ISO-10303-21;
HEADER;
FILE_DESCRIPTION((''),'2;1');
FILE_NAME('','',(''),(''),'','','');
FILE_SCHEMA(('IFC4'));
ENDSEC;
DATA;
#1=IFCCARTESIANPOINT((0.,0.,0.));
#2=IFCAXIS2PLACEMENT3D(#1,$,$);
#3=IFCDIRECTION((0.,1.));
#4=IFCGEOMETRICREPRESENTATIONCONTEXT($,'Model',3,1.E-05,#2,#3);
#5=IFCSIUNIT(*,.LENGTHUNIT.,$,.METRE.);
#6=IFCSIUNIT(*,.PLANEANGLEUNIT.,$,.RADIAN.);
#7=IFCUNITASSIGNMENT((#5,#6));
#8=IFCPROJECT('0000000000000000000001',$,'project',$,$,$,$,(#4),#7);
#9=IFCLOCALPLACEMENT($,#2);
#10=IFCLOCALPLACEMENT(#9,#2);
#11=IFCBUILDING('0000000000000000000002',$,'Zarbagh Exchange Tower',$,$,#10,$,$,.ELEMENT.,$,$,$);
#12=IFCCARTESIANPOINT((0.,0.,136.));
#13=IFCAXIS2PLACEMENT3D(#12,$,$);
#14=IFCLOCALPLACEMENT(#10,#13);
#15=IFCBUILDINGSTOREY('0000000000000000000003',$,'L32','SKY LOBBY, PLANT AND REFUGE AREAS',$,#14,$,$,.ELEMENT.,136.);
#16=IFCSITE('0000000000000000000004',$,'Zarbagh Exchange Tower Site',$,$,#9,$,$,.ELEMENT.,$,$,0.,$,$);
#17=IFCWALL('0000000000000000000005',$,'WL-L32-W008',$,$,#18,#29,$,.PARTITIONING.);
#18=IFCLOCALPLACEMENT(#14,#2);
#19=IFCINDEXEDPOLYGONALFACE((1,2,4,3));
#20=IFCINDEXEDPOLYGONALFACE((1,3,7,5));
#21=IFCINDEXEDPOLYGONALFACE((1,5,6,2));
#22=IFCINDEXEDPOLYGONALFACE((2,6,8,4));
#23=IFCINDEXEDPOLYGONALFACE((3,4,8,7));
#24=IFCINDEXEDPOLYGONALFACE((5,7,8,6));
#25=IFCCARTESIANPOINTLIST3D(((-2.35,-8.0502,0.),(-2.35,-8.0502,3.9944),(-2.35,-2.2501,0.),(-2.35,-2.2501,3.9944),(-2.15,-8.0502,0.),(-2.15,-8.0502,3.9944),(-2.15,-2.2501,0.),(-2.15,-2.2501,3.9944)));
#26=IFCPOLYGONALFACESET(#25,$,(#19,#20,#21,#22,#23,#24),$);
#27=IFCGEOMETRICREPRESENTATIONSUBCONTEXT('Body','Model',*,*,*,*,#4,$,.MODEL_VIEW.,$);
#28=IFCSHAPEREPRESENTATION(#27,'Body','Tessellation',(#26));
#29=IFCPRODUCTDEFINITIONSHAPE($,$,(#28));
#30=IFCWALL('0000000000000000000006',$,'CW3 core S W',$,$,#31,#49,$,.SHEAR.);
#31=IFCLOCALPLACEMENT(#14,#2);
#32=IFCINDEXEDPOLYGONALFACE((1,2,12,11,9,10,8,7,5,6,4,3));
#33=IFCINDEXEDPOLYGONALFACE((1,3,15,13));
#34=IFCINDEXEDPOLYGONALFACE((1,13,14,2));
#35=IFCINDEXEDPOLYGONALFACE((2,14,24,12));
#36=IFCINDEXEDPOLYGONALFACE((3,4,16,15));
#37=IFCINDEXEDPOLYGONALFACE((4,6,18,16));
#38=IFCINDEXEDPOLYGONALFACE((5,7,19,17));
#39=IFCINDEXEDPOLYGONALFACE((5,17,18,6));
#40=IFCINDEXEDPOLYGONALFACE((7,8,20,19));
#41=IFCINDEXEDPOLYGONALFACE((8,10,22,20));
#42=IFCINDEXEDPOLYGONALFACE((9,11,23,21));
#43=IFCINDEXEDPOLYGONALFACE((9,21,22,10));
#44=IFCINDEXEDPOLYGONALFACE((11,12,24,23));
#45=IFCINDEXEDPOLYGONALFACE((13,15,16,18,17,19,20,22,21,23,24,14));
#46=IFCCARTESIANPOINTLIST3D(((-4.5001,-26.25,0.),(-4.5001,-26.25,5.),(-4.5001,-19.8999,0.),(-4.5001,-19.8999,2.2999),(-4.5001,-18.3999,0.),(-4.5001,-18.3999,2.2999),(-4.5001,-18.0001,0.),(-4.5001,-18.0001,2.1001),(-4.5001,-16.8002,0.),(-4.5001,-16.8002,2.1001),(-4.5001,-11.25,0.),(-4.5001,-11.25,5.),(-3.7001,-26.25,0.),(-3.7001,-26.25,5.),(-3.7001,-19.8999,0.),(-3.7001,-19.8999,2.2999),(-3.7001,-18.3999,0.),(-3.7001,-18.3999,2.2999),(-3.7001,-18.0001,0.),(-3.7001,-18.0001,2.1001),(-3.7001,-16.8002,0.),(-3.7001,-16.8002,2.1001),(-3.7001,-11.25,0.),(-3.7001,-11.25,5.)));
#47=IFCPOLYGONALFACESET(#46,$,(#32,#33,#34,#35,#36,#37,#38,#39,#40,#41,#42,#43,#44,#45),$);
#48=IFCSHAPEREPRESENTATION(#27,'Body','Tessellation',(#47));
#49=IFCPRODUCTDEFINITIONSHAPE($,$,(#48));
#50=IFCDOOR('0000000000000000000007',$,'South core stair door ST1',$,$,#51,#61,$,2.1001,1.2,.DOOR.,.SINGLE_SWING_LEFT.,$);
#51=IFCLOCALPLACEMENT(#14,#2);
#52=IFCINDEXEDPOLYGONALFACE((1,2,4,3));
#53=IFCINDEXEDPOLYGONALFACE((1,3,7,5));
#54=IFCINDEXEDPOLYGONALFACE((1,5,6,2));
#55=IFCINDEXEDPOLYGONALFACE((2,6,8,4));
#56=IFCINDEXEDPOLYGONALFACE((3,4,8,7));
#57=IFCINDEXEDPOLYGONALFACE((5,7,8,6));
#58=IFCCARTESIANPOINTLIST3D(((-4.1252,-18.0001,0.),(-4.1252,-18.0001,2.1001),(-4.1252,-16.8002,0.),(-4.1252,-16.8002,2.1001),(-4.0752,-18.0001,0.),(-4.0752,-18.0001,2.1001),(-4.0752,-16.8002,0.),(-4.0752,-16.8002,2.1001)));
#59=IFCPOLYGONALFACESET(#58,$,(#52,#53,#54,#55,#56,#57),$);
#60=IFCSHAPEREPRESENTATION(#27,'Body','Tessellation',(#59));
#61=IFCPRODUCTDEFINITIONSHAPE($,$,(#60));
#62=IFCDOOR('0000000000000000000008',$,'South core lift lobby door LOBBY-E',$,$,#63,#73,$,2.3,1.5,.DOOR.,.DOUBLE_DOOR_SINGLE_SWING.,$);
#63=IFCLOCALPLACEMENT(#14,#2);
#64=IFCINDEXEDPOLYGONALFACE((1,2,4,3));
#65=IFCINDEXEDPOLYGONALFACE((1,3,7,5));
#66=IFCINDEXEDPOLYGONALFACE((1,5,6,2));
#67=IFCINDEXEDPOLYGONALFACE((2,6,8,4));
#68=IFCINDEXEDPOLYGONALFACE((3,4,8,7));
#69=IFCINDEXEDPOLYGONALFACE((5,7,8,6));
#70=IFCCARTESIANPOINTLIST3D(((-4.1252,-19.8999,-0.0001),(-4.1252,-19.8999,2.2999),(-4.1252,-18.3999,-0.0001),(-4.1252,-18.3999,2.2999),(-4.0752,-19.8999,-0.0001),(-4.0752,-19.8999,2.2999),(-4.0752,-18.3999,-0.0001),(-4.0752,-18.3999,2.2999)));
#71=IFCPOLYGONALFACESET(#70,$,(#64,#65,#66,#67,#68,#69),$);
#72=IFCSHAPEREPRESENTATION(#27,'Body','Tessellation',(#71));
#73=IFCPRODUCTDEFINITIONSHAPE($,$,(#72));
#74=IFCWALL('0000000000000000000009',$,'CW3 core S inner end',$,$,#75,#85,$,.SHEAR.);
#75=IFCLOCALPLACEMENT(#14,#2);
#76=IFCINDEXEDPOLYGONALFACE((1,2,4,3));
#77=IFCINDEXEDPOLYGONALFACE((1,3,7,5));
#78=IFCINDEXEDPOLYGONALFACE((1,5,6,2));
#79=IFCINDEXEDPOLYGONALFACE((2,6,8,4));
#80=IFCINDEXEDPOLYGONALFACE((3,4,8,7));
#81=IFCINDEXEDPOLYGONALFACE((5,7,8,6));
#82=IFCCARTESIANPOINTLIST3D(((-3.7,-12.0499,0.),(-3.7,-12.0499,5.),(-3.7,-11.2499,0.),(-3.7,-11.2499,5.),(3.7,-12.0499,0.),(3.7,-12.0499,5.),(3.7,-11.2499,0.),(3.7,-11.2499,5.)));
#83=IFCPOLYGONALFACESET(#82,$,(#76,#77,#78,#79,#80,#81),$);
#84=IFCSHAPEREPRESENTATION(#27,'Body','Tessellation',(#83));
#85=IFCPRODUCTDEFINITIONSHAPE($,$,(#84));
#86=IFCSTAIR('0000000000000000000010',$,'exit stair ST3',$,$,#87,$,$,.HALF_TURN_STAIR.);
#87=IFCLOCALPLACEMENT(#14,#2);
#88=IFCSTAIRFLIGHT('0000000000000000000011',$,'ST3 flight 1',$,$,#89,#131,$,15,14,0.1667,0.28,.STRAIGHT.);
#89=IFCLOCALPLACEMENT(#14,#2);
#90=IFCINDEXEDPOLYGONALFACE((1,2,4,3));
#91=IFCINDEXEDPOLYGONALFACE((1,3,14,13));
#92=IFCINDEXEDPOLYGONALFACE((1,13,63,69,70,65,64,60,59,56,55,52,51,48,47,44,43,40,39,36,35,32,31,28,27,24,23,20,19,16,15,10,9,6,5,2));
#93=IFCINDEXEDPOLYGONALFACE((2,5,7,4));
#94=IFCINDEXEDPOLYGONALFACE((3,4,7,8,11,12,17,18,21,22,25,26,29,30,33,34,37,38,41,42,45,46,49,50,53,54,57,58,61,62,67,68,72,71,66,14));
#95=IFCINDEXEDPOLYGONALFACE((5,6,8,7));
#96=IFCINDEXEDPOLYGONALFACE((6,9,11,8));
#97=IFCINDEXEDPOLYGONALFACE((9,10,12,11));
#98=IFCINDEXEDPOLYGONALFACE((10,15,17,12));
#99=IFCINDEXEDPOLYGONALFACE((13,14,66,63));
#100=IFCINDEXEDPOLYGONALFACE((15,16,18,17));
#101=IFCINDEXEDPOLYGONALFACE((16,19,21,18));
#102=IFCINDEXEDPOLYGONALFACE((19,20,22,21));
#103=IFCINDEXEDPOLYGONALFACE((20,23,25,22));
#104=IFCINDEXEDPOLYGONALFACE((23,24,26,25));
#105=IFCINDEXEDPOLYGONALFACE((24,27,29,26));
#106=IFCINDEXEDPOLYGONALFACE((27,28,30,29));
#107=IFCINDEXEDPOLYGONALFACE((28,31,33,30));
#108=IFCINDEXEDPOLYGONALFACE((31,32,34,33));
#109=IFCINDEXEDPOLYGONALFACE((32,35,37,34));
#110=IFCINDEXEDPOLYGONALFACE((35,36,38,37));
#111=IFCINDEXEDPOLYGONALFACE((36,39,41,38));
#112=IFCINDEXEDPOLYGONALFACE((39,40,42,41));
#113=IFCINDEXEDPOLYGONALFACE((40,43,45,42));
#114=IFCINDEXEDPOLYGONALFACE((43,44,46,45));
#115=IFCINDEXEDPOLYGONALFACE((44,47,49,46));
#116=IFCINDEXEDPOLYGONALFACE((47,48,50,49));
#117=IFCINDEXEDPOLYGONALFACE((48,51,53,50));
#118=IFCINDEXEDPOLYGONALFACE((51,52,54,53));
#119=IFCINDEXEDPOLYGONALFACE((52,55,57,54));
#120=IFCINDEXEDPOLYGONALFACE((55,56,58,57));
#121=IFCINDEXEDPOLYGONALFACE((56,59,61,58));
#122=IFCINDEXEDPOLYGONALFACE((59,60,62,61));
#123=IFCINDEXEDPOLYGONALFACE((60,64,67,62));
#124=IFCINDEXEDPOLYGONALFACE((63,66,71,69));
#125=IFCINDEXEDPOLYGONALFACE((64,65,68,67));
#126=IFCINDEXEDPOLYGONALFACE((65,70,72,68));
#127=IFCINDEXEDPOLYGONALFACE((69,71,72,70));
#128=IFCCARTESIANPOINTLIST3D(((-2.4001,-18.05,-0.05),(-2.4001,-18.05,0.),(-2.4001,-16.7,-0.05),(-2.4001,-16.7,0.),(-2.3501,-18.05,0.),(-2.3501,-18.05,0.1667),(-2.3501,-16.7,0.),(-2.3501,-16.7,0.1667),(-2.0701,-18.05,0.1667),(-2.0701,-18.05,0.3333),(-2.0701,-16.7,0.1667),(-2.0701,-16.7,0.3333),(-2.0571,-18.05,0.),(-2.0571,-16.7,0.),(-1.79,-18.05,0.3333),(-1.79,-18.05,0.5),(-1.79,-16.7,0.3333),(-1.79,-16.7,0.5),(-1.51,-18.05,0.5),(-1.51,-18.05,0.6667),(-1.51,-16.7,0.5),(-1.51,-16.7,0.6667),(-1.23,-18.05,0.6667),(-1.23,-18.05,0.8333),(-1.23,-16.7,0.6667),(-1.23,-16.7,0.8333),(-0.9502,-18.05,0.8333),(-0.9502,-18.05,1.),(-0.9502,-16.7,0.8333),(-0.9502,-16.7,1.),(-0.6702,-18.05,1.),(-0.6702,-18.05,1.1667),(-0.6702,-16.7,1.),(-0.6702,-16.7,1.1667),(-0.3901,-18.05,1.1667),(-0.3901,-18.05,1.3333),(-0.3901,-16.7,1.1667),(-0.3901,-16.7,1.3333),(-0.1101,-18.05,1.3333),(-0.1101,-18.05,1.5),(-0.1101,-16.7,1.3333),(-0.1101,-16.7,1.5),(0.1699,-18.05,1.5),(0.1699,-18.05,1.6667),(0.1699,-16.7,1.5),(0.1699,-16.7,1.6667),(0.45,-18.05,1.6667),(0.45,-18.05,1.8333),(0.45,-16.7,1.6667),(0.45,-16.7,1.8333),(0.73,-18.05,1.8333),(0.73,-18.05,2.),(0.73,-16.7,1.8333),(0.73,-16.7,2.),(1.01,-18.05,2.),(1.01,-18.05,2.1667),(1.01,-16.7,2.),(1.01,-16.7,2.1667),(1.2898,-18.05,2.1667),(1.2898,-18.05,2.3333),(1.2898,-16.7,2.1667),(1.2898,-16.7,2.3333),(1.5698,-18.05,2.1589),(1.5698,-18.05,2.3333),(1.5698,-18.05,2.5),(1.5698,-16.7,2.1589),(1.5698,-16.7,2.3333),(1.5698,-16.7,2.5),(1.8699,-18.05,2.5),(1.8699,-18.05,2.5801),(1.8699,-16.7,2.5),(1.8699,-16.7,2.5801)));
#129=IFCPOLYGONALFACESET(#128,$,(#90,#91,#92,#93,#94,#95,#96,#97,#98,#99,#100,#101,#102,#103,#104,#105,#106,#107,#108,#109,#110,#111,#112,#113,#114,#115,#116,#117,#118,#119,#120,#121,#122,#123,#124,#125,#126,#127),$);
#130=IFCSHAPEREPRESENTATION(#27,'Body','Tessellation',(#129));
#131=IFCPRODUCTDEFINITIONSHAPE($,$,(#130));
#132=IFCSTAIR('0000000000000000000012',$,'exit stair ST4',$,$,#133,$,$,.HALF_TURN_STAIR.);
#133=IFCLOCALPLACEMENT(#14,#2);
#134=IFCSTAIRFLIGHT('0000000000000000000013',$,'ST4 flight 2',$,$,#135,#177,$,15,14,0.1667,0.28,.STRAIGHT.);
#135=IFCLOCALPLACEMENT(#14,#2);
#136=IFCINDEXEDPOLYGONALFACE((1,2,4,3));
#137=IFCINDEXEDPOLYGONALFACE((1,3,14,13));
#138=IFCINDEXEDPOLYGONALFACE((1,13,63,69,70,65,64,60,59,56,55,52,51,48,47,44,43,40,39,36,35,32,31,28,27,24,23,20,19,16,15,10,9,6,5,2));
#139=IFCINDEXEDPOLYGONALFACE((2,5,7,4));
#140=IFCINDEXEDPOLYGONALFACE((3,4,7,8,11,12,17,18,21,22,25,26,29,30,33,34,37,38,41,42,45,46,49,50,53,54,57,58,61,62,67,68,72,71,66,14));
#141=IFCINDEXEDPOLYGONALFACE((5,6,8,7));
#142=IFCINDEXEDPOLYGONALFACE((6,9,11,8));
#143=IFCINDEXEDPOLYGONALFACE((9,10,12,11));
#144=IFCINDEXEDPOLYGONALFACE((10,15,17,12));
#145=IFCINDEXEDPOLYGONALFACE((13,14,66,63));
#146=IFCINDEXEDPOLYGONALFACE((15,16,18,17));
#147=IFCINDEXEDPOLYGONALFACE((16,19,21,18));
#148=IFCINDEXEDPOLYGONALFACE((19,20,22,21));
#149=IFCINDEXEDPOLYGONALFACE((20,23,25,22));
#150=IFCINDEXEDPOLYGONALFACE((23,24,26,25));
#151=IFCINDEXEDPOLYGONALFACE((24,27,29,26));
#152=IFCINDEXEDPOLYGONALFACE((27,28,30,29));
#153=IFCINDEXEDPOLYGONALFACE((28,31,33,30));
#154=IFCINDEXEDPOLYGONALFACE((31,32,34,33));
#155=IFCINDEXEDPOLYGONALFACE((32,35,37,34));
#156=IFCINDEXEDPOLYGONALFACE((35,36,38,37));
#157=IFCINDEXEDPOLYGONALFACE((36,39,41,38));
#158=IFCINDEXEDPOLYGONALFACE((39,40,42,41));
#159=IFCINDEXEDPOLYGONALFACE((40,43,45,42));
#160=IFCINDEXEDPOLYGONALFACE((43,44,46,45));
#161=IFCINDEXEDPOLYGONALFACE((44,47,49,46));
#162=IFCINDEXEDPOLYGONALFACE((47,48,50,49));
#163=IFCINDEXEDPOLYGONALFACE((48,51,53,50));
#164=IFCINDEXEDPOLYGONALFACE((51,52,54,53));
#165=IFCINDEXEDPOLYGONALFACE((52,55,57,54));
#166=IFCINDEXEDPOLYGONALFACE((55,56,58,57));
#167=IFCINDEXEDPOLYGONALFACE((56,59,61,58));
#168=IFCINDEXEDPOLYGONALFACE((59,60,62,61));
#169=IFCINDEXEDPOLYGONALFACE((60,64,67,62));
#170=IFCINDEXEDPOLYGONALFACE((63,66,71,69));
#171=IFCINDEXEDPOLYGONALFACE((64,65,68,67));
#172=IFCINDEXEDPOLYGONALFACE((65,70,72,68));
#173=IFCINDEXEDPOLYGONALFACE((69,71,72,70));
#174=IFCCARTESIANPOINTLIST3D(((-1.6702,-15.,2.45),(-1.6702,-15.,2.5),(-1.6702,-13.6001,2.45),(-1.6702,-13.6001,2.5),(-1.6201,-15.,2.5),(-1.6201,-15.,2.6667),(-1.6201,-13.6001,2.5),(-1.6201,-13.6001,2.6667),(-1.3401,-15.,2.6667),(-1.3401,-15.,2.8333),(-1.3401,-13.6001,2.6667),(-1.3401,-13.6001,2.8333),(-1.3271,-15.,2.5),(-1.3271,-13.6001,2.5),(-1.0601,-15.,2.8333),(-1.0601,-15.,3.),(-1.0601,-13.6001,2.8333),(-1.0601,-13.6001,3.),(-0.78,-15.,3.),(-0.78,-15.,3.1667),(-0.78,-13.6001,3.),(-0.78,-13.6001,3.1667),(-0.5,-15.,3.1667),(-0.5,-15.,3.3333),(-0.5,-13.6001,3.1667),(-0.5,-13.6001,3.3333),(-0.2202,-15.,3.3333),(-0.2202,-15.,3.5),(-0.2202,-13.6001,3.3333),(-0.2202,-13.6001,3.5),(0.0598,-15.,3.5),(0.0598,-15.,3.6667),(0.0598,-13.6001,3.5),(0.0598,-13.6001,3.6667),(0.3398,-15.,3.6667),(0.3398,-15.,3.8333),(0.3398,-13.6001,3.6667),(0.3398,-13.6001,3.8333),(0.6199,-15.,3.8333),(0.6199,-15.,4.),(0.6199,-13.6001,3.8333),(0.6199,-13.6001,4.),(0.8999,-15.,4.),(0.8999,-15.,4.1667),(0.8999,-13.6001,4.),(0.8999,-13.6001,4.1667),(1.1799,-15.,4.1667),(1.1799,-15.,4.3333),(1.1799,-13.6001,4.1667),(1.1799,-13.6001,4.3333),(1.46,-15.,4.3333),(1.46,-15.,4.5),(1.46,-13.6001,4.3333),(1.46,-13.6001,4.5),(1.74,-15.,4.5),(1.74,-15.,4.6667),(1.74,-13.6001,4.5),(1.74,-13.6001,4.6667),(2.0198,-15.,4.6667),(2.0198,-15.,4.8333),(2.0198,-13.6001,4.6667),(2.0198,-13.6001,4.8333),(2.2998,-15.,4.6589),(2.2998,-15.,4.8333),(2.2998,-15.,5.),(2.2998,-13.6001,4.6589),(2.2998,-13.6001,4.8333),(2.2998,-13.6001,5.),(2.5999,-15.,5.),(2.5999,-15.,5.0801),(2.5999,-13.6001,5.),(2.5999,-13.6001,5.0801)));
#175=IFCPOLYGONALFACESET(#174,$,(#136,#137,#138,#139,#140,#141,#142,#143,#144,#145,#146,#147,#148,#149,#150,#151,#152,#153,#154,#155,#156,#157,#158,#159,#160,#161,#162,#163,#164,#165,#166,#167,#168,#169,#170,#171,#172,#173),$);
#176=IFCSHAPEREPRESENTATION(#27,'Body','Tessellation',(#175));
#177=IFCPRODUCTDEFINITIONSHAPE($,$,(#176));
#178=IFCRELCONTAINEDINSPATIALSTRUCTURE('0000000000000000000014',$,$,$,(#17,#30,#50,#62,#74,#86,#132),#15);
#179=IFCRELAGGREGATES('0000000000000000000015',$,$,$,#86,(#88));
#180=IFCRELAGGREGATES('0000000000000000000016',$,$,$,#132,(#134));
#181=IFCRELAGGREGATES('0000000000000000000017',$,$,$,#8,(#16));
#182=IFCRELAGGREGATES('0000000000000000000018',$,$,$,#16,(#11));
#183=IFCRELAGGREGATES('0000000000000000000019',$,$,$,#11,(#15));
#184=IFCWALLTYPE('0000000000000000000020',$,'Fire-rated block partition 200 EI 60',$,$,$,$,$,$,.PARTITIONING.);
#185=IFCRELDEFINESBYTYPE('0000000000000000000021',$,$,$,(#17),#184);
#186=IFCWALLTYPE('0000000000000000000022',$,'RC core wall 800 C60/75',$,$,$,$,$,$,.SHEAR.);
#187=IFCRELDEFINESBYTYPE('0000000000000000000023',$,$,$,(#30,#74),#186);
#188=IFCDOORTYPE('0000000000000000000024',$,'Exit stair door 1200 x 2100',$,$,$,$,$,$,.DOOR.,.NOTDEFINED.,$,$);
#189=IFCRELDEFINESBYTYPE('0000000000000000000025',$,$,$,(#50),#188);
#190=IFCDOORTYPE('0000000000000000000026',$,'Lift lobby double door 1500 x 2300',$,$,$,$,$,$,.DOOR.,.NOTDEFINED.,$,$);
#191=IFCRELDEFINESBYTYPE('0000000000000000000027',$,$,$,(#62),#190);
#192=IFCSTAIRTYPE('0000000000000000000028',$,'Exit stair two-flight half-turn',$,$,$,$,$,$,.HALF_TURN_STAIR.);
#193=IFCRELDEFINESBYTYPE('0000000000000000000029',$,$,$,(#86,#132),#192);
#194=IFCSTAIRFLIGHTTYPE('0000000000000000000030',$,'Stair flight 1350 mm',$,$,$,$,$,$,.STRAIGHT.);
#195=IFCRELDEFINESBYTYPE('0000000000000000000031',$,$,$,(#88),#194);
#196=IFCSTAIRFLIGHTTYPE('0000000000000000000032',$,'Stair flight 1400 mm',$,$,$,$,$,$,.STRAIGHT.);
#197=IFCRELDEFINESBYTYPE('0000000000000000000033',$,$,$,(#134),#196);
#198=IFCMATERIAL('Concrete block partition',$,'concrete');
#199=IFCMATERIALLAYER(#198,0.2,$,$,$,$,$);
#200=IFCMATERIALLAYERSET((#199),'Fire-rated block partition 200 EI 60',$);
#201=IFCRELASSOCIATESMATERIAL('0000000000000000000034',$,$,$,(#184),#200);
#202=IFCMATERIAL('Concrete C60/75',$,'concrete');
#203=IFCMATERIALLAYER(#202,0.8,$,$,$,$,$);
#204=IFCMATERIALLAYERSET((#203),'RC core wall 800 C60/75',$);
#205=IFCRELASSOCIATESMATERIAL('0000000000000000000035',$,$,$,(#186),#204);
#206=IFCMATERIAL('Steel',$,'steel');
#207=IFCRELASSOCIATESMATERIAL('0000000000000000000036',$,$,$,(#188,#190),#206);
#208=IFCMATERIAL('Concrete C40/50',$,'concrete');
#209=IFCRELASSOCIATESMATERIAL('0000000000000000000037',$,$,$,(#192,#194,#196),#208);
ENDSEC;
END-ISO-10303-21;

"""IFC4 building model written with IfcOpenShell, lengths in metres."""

from ifc_helpers import new_model, si_unit, direction, frame, frame_2d, origin, place, context, subcontext, project, spatial, polyline, rectangle, outline, extrude, material, layer, layer_set, type_object, element, fill, aggregate, save


model = new_model("IFC4")

# Units and contexts
model_context = context("Model", 3, precision=1e-05, world=origin(), true_north=direction((0.0, 1.0)))
body_context = subcontext(model_context, "Body", "Model", "MODEL_VIEW")
ifc_project = project(units=[si_unit("LENGTHUNIT", "METRE"), si_unit("PLANEANGLEUNIT", "RADIAN")], contexts=[model_context])

# Site, building, storey
site_placement = place(None, origin())
site = spatial("IfcSite", under=ifc_project, at=site_placement, Name="Zarbagh Exchange Tower Site", CompositionType="ELEMENT", RefElevation=0.0)
building_placement = place(site_placement, origin())
building = spatial("IfcBuilding", under=site, at=building_placement, Name="Zarbagh Exchange Tower", CompositionType="ELEMENT")
storey_placement = place(building_placement, frame((0.0, 0.0, 136.0)))
storey = spatial("IfcBuildingStorey", under=building, at=storey_placement, Name="L32", Description="SKY LOBBY, PLANT AND REFUGE AREAS", CompositionType="ELEMENT", Elevation=136.0)

# Shared definitions
ifc_material_1 = material(Name="Concrete C60/75", Category="concrete")

# Wall
ifc_material_2 = material(Name="Concrete block partition", Category="concrete")
ifc_layer_1 = layer(ifc_material_2, 0.2)
ifc_layer_set_1 = layer_set([ifc_layer_1], Name="Fire-rated block partition 200 EI 60")
wall_type_1 = type_object("IfcWallType", Name="Fire-rated block partition 200 EI 60", PredefinedType="PARTITIONING", material=ifc_layer_set_1)
wall_1_placement = place(storey_placement, frame((-2.25, -8.05, 0.0), z_axis=(0.0, 0.0, 1.0), x_axis=(0.0, 1.0, 0.0)))
element("IfcWall", 1, at=wall_1_placement, inside=storey, type_object=wall_type_1, Name="WL-L32-W008", PredefinedType="PARTITIONING", context=body_context, shape_type="SweptSolid", body=[
    extrude(rectangle(XDim=5.8, YDim=0.2, at=frame_2d((2.8999, 0.0))), origin(), (0.0, 0.0, 1.0), 3.9944),
])

# Wall, openings, doors
ifc_layer_2 = layer(ifc_material_1, 0.8)
ifc_layer_set_2 = layer_set([ifc_layer_2], Name="RC core wall 800 C60/75")
wall_type_2 = type_object("IfcWallType", Name="RC core wall 800 C60/75", PredefinedType="SHEAR", material=ifc_layer_set_2)
wall_2_placement = place(storey_placement, frame((-4.1001, -11.25, 0.0), z_axis=(0.0, 0.0, 1.0), x_axis=(0.0, -1.0, 0.0)))
wall_2 = element("IfcWall", 2, at=wall_2_placement, inside=storey, type_object=wall_type_2, Name="CW3 core S W", PredefinedType="SHEAR", context=body_context, shape_type="SweptSolid", body=[
    extrude(rectangle(XDim=15.0, YDim=0.8, at=frame_2d((7.5, 0.0))), origin(), (0.0, 0.0, 1.0), 5.0),
])
opening_1_placement = place(wall_2_placement, frame((7.1499, 0.0, 0.0)))
opening_1 = element("IfcOpeningElement", 3, at=opening_1_placement, cuts=wall_2, PredefinedType="OPENING", context=body_context, shape_type="SweptSolid", body=[
    extrude(rectangle(XDim=1.5, YDim=2.3, at=frame_2d((0.75, 1.1499))), frame((0.0, 0.4099, 0.0), z_axis=(0.0, -1.0, 0.0), x_axis=(1.0, 0.0, 0.0)), (0.0, 0.0, 1.0), 0.8201),
])
opening_2_placement = place(wall_2_placement, frame((5.55, 0.0, 0.0)))
opening_2 = element("IfcOpeningElement", 4, at=opening_2_placement, cuts=wall_2, PredefinedType="OPENING", context=body_context, shape_type="SweptSolid", body=[
    extrude(rectangle(XDim=1.2, YDim=2.1001, at=frame_2d((0.6001, 1.05))), frame((0.0, 0.4099, 0.0), z_axis=(0.0, -1.0, 0.0), x_axis=(1.0, 0.0, 0.0)), (0.0, 0.0, 1.0), 0.8201),
])
ifc_material_3 = material(Name="Steel", Category="steel")
door_type_1 = type_object("IfcDoorType", Name="Exit stair door 1200 x 2100", OperationType="NOTDEFINED", PredefinedType="DOOR", material=ifc_material_3)
door_1_placement = place(opening_2_placement, origin())
door_1 = element("IfcDoor", 5, at=door_1_placement, inside=storey, type_object=door_type_1, Name="South core stair door ST1", OperationType="SINGLE_SWING_LEFT", OverallHeight=2.1001, OverallWidth=1.2, PredefinedType="DOOR", context=body_context, shape_type="SweptSolid", body=[
    extrude(rectangle(XDim=1.2, YDim=2.1001, at=frame_2d((0.6001, 1.05))), frame((0.0, 0.0249, 0.0), z_axis=(0.0, -1.0, 0.0), x_axis=(1.0, 0.0, 0.0)), (0.0, 0.0, 1.0), 0.05),
])
fill(opening_2, door_1)
door_type_2 = type_object("IfcDoorType", Name="Lift lobby double door 1500 x 2300", OperationType="NOTDEFINED", PredefinedType="DOOR", material=ifc_material_3)
door_2_placement = place(opening_1_placement, origin())
door_2 = element("IfcDoor", 6, at=door_2_placement, inside=storey, type_object=door_type_2, Name="South core lift lobby door LOBBY-E", OperationType="DOUBLE_DOOR_SINGLE_SWING", OverallHeight=2.3, OverallWidth=1.5, PredefinedType="DOOR", context=body_context, shape_type="SweptSolid", body=[
    extrude(rectangle(XDim=1.5, YDim=2.3, at=frame_2d((0.75, 1.1499))), frame((0.0, 0.0249, 0.0), z_axis=(0.0, -1.0, 0.0), x_axis=(1.0, 0.0, 0.0)), (0.0, 0.0, 1.0), 0.05),
])
fill(opening_1, door_2)

# Wall
wall_3_placement = place(storey_placement, frame((-3.7, -11.6499, 0.0), z_axis=(0.0, 0.0, 1.0), x_axis=(1.0, 0.0, 0.0)))
element("IfcWall", 7, at=wall_3_placement, inside=storey, type_object=wall_type_2, Name="CW3 core S inner end", PredefinedType="SHEAR", context=body_context, shape_type="SweptSolid", body=[
    extrude(rectangle(XDim=7.3999, YDim=0.8, at=frame_2d((3.7, 0.0))), origin(), (0.0, 0.0, 1.0), 5.0),
])

# Stairs, stair flights
ifc_material_4 = material(Name="Concrete C40/50", Category="concrete")
stair_type = type_object("IfcStairType", Name="Exit stair two-flight half-turn", PredefinedType="HALF_TURN_STAIR", material=ifc_material_4)
stair_1_placement = place(storey_placement, origin())
stair_1 = element("IfcStair", 8, at=stair_1_placement, inside=storey, type_object=stair_type, Name="exit stair ST3", PredefinedType="HALF_TURN_STAIR")
stair_flight_type_1 = type_object("IfcStairFlightType", Name="Stair flight 1350 mm", PredefinedType="STRAIGHT", material=ifc_material_4)
stair_flight_1_placement = place(storey_placement, frame((-2.3501, -17.375, 0.0), z_axis=(0.0, 0.0, 1.0), x_axis=(1.0, 0.0, 0.0)))
stair_flight_1 = element("IfcStairFlight", 9, at=stair_flight_1_placement, type_object=stair_flight_type_1, Name="ST3 flight 1", NumberOfRisers=15, NumberOfTreads=14, PredefinedType="STRAIGHT", RiserHeight=0.1667, TreadLength=0.28, context=body_context, shape_type="SweptSolid", body=[
    extrude(outline(polyline([(-0.05, -0.05), (-0.05, 0.0), (0.0, 0.0), (0.0, 0.1667), (0.28, 0.1667), (0.28, 0.3333), (0.5601, 0.3333), (0.5601, 0.5), (0.8401, 0.5), (0.8401, 0.6667), (1.1201, 0.6667), (1.1201, 0.8333), (1.3999, 0.8333), (1.3999, 1.0), (1.6799, 1.0), (1.6799, 1.1667), (1.96, 1.1667), (1.96, 1.3333), (2.24, 1.3333), (2.24, 1.5), (2.52, 1.5), (2.52, 1.6667), (2.8, 1.6667), (2.8, 1.8333), (3.0801, 1.8333), (3.0801, 2.0), (3.3601, 2.0), (3.3601, 2.1667), (3.6399, 2.1667), (3.6399, 2.3333), (3.9199, 2.3333), (3.9199, 2.5), (4.22, 2.5801), (4.22, 2.5), (3.9199, 2.1589), (0.293, 0.0), (-0.05, -0.05)])), frame((0.0, 0.675, 0.0), z_axis=(0.0, -1.0, 0.0), x_axis=(1.0, 0.0, 0.0)), (0.0, 0.0, 1.0), 1.3501),
])
aggregate(stair_1, [stair_flight_1])
stair_2_placement = place(storey_placement, origin())
stair_2 = element("IfcStair", 10, at=stair_2_placement, inside=storey, type_object=stair_type, Name="exit stair ST4", PredefinedType="HALF_TURN_STAIR")
stair_flight_type_2 = type_object("IfcStairFlightType", Name="Stair flight 1400 mm", PredefinedType="STRAIGHT", material=ifc_material_4)
stair_flight_2_placement = place(storey_placement, frame((-1.6201, -14.3, 2.5), z_axis=(0.0, 0.0, 1.0), x_axis=(1.0, 0.0, 0.0)))
stair_flight_2 = element("IfcStairFlight", 11, at=stair_flight_2_placement, type_object=stair_flight_type_2, Name="ST4 flight 2", NumberOfRisers=15, NumberOfTreads=14, PredefinedType="STRAIGHT", RiserHeight=0.1667, TreadLength=0.28, context=body_context, shape_type="SweptSolid", body=[
    extrude(outline(polyline([(-0.05, -0.05), (-0.05, 0.0), (0.0, 0.0), (0.0, 0.1667), (0.28, 0.1667), (0.28, 0.3333), (0.5601, 0.3333), (0.5601, 0.5), (0.8401, 0.5), (0.8401, 0.6667), (1.1201, 0.6667), (1.1201, 0.8333), (1.3999, 0.8333), (1.3999, 1.0), (1.6799, 1.0), (1.6799, 1.1667), (1.96, 1.1667), (1.96, 1.3333), (2.24, 1.3333), (2.24, 1.5), (2.52, 1.5), (2.52, 1.6667), (2.8, 1.6667), (2.8, 1.8333), (3.0801, 1.8333), (3.0801, 2.0), (3.3601, 2.0), (3.3601, 2.1667), (3.6399, 2.1667), (3.6399, 2.3333), (3.9199, 2.3333), (3.9199, 2.5), (4.22, 2.5801), (4.22, 2.5), (3.9199, 2.1589), (0.293, 0.0), (-0.05, -0.05)])), frame((0.0, 0.7, 0.0), z_axis=(0.0, -1.0, 0.0), x_axis=(1.0, 0.0, 0.0)), (0.0, 0.0, 1.0), 1.3999),
])
aggregate(stair_2, [stair_flight_2])

save(model, "model.ifc")
